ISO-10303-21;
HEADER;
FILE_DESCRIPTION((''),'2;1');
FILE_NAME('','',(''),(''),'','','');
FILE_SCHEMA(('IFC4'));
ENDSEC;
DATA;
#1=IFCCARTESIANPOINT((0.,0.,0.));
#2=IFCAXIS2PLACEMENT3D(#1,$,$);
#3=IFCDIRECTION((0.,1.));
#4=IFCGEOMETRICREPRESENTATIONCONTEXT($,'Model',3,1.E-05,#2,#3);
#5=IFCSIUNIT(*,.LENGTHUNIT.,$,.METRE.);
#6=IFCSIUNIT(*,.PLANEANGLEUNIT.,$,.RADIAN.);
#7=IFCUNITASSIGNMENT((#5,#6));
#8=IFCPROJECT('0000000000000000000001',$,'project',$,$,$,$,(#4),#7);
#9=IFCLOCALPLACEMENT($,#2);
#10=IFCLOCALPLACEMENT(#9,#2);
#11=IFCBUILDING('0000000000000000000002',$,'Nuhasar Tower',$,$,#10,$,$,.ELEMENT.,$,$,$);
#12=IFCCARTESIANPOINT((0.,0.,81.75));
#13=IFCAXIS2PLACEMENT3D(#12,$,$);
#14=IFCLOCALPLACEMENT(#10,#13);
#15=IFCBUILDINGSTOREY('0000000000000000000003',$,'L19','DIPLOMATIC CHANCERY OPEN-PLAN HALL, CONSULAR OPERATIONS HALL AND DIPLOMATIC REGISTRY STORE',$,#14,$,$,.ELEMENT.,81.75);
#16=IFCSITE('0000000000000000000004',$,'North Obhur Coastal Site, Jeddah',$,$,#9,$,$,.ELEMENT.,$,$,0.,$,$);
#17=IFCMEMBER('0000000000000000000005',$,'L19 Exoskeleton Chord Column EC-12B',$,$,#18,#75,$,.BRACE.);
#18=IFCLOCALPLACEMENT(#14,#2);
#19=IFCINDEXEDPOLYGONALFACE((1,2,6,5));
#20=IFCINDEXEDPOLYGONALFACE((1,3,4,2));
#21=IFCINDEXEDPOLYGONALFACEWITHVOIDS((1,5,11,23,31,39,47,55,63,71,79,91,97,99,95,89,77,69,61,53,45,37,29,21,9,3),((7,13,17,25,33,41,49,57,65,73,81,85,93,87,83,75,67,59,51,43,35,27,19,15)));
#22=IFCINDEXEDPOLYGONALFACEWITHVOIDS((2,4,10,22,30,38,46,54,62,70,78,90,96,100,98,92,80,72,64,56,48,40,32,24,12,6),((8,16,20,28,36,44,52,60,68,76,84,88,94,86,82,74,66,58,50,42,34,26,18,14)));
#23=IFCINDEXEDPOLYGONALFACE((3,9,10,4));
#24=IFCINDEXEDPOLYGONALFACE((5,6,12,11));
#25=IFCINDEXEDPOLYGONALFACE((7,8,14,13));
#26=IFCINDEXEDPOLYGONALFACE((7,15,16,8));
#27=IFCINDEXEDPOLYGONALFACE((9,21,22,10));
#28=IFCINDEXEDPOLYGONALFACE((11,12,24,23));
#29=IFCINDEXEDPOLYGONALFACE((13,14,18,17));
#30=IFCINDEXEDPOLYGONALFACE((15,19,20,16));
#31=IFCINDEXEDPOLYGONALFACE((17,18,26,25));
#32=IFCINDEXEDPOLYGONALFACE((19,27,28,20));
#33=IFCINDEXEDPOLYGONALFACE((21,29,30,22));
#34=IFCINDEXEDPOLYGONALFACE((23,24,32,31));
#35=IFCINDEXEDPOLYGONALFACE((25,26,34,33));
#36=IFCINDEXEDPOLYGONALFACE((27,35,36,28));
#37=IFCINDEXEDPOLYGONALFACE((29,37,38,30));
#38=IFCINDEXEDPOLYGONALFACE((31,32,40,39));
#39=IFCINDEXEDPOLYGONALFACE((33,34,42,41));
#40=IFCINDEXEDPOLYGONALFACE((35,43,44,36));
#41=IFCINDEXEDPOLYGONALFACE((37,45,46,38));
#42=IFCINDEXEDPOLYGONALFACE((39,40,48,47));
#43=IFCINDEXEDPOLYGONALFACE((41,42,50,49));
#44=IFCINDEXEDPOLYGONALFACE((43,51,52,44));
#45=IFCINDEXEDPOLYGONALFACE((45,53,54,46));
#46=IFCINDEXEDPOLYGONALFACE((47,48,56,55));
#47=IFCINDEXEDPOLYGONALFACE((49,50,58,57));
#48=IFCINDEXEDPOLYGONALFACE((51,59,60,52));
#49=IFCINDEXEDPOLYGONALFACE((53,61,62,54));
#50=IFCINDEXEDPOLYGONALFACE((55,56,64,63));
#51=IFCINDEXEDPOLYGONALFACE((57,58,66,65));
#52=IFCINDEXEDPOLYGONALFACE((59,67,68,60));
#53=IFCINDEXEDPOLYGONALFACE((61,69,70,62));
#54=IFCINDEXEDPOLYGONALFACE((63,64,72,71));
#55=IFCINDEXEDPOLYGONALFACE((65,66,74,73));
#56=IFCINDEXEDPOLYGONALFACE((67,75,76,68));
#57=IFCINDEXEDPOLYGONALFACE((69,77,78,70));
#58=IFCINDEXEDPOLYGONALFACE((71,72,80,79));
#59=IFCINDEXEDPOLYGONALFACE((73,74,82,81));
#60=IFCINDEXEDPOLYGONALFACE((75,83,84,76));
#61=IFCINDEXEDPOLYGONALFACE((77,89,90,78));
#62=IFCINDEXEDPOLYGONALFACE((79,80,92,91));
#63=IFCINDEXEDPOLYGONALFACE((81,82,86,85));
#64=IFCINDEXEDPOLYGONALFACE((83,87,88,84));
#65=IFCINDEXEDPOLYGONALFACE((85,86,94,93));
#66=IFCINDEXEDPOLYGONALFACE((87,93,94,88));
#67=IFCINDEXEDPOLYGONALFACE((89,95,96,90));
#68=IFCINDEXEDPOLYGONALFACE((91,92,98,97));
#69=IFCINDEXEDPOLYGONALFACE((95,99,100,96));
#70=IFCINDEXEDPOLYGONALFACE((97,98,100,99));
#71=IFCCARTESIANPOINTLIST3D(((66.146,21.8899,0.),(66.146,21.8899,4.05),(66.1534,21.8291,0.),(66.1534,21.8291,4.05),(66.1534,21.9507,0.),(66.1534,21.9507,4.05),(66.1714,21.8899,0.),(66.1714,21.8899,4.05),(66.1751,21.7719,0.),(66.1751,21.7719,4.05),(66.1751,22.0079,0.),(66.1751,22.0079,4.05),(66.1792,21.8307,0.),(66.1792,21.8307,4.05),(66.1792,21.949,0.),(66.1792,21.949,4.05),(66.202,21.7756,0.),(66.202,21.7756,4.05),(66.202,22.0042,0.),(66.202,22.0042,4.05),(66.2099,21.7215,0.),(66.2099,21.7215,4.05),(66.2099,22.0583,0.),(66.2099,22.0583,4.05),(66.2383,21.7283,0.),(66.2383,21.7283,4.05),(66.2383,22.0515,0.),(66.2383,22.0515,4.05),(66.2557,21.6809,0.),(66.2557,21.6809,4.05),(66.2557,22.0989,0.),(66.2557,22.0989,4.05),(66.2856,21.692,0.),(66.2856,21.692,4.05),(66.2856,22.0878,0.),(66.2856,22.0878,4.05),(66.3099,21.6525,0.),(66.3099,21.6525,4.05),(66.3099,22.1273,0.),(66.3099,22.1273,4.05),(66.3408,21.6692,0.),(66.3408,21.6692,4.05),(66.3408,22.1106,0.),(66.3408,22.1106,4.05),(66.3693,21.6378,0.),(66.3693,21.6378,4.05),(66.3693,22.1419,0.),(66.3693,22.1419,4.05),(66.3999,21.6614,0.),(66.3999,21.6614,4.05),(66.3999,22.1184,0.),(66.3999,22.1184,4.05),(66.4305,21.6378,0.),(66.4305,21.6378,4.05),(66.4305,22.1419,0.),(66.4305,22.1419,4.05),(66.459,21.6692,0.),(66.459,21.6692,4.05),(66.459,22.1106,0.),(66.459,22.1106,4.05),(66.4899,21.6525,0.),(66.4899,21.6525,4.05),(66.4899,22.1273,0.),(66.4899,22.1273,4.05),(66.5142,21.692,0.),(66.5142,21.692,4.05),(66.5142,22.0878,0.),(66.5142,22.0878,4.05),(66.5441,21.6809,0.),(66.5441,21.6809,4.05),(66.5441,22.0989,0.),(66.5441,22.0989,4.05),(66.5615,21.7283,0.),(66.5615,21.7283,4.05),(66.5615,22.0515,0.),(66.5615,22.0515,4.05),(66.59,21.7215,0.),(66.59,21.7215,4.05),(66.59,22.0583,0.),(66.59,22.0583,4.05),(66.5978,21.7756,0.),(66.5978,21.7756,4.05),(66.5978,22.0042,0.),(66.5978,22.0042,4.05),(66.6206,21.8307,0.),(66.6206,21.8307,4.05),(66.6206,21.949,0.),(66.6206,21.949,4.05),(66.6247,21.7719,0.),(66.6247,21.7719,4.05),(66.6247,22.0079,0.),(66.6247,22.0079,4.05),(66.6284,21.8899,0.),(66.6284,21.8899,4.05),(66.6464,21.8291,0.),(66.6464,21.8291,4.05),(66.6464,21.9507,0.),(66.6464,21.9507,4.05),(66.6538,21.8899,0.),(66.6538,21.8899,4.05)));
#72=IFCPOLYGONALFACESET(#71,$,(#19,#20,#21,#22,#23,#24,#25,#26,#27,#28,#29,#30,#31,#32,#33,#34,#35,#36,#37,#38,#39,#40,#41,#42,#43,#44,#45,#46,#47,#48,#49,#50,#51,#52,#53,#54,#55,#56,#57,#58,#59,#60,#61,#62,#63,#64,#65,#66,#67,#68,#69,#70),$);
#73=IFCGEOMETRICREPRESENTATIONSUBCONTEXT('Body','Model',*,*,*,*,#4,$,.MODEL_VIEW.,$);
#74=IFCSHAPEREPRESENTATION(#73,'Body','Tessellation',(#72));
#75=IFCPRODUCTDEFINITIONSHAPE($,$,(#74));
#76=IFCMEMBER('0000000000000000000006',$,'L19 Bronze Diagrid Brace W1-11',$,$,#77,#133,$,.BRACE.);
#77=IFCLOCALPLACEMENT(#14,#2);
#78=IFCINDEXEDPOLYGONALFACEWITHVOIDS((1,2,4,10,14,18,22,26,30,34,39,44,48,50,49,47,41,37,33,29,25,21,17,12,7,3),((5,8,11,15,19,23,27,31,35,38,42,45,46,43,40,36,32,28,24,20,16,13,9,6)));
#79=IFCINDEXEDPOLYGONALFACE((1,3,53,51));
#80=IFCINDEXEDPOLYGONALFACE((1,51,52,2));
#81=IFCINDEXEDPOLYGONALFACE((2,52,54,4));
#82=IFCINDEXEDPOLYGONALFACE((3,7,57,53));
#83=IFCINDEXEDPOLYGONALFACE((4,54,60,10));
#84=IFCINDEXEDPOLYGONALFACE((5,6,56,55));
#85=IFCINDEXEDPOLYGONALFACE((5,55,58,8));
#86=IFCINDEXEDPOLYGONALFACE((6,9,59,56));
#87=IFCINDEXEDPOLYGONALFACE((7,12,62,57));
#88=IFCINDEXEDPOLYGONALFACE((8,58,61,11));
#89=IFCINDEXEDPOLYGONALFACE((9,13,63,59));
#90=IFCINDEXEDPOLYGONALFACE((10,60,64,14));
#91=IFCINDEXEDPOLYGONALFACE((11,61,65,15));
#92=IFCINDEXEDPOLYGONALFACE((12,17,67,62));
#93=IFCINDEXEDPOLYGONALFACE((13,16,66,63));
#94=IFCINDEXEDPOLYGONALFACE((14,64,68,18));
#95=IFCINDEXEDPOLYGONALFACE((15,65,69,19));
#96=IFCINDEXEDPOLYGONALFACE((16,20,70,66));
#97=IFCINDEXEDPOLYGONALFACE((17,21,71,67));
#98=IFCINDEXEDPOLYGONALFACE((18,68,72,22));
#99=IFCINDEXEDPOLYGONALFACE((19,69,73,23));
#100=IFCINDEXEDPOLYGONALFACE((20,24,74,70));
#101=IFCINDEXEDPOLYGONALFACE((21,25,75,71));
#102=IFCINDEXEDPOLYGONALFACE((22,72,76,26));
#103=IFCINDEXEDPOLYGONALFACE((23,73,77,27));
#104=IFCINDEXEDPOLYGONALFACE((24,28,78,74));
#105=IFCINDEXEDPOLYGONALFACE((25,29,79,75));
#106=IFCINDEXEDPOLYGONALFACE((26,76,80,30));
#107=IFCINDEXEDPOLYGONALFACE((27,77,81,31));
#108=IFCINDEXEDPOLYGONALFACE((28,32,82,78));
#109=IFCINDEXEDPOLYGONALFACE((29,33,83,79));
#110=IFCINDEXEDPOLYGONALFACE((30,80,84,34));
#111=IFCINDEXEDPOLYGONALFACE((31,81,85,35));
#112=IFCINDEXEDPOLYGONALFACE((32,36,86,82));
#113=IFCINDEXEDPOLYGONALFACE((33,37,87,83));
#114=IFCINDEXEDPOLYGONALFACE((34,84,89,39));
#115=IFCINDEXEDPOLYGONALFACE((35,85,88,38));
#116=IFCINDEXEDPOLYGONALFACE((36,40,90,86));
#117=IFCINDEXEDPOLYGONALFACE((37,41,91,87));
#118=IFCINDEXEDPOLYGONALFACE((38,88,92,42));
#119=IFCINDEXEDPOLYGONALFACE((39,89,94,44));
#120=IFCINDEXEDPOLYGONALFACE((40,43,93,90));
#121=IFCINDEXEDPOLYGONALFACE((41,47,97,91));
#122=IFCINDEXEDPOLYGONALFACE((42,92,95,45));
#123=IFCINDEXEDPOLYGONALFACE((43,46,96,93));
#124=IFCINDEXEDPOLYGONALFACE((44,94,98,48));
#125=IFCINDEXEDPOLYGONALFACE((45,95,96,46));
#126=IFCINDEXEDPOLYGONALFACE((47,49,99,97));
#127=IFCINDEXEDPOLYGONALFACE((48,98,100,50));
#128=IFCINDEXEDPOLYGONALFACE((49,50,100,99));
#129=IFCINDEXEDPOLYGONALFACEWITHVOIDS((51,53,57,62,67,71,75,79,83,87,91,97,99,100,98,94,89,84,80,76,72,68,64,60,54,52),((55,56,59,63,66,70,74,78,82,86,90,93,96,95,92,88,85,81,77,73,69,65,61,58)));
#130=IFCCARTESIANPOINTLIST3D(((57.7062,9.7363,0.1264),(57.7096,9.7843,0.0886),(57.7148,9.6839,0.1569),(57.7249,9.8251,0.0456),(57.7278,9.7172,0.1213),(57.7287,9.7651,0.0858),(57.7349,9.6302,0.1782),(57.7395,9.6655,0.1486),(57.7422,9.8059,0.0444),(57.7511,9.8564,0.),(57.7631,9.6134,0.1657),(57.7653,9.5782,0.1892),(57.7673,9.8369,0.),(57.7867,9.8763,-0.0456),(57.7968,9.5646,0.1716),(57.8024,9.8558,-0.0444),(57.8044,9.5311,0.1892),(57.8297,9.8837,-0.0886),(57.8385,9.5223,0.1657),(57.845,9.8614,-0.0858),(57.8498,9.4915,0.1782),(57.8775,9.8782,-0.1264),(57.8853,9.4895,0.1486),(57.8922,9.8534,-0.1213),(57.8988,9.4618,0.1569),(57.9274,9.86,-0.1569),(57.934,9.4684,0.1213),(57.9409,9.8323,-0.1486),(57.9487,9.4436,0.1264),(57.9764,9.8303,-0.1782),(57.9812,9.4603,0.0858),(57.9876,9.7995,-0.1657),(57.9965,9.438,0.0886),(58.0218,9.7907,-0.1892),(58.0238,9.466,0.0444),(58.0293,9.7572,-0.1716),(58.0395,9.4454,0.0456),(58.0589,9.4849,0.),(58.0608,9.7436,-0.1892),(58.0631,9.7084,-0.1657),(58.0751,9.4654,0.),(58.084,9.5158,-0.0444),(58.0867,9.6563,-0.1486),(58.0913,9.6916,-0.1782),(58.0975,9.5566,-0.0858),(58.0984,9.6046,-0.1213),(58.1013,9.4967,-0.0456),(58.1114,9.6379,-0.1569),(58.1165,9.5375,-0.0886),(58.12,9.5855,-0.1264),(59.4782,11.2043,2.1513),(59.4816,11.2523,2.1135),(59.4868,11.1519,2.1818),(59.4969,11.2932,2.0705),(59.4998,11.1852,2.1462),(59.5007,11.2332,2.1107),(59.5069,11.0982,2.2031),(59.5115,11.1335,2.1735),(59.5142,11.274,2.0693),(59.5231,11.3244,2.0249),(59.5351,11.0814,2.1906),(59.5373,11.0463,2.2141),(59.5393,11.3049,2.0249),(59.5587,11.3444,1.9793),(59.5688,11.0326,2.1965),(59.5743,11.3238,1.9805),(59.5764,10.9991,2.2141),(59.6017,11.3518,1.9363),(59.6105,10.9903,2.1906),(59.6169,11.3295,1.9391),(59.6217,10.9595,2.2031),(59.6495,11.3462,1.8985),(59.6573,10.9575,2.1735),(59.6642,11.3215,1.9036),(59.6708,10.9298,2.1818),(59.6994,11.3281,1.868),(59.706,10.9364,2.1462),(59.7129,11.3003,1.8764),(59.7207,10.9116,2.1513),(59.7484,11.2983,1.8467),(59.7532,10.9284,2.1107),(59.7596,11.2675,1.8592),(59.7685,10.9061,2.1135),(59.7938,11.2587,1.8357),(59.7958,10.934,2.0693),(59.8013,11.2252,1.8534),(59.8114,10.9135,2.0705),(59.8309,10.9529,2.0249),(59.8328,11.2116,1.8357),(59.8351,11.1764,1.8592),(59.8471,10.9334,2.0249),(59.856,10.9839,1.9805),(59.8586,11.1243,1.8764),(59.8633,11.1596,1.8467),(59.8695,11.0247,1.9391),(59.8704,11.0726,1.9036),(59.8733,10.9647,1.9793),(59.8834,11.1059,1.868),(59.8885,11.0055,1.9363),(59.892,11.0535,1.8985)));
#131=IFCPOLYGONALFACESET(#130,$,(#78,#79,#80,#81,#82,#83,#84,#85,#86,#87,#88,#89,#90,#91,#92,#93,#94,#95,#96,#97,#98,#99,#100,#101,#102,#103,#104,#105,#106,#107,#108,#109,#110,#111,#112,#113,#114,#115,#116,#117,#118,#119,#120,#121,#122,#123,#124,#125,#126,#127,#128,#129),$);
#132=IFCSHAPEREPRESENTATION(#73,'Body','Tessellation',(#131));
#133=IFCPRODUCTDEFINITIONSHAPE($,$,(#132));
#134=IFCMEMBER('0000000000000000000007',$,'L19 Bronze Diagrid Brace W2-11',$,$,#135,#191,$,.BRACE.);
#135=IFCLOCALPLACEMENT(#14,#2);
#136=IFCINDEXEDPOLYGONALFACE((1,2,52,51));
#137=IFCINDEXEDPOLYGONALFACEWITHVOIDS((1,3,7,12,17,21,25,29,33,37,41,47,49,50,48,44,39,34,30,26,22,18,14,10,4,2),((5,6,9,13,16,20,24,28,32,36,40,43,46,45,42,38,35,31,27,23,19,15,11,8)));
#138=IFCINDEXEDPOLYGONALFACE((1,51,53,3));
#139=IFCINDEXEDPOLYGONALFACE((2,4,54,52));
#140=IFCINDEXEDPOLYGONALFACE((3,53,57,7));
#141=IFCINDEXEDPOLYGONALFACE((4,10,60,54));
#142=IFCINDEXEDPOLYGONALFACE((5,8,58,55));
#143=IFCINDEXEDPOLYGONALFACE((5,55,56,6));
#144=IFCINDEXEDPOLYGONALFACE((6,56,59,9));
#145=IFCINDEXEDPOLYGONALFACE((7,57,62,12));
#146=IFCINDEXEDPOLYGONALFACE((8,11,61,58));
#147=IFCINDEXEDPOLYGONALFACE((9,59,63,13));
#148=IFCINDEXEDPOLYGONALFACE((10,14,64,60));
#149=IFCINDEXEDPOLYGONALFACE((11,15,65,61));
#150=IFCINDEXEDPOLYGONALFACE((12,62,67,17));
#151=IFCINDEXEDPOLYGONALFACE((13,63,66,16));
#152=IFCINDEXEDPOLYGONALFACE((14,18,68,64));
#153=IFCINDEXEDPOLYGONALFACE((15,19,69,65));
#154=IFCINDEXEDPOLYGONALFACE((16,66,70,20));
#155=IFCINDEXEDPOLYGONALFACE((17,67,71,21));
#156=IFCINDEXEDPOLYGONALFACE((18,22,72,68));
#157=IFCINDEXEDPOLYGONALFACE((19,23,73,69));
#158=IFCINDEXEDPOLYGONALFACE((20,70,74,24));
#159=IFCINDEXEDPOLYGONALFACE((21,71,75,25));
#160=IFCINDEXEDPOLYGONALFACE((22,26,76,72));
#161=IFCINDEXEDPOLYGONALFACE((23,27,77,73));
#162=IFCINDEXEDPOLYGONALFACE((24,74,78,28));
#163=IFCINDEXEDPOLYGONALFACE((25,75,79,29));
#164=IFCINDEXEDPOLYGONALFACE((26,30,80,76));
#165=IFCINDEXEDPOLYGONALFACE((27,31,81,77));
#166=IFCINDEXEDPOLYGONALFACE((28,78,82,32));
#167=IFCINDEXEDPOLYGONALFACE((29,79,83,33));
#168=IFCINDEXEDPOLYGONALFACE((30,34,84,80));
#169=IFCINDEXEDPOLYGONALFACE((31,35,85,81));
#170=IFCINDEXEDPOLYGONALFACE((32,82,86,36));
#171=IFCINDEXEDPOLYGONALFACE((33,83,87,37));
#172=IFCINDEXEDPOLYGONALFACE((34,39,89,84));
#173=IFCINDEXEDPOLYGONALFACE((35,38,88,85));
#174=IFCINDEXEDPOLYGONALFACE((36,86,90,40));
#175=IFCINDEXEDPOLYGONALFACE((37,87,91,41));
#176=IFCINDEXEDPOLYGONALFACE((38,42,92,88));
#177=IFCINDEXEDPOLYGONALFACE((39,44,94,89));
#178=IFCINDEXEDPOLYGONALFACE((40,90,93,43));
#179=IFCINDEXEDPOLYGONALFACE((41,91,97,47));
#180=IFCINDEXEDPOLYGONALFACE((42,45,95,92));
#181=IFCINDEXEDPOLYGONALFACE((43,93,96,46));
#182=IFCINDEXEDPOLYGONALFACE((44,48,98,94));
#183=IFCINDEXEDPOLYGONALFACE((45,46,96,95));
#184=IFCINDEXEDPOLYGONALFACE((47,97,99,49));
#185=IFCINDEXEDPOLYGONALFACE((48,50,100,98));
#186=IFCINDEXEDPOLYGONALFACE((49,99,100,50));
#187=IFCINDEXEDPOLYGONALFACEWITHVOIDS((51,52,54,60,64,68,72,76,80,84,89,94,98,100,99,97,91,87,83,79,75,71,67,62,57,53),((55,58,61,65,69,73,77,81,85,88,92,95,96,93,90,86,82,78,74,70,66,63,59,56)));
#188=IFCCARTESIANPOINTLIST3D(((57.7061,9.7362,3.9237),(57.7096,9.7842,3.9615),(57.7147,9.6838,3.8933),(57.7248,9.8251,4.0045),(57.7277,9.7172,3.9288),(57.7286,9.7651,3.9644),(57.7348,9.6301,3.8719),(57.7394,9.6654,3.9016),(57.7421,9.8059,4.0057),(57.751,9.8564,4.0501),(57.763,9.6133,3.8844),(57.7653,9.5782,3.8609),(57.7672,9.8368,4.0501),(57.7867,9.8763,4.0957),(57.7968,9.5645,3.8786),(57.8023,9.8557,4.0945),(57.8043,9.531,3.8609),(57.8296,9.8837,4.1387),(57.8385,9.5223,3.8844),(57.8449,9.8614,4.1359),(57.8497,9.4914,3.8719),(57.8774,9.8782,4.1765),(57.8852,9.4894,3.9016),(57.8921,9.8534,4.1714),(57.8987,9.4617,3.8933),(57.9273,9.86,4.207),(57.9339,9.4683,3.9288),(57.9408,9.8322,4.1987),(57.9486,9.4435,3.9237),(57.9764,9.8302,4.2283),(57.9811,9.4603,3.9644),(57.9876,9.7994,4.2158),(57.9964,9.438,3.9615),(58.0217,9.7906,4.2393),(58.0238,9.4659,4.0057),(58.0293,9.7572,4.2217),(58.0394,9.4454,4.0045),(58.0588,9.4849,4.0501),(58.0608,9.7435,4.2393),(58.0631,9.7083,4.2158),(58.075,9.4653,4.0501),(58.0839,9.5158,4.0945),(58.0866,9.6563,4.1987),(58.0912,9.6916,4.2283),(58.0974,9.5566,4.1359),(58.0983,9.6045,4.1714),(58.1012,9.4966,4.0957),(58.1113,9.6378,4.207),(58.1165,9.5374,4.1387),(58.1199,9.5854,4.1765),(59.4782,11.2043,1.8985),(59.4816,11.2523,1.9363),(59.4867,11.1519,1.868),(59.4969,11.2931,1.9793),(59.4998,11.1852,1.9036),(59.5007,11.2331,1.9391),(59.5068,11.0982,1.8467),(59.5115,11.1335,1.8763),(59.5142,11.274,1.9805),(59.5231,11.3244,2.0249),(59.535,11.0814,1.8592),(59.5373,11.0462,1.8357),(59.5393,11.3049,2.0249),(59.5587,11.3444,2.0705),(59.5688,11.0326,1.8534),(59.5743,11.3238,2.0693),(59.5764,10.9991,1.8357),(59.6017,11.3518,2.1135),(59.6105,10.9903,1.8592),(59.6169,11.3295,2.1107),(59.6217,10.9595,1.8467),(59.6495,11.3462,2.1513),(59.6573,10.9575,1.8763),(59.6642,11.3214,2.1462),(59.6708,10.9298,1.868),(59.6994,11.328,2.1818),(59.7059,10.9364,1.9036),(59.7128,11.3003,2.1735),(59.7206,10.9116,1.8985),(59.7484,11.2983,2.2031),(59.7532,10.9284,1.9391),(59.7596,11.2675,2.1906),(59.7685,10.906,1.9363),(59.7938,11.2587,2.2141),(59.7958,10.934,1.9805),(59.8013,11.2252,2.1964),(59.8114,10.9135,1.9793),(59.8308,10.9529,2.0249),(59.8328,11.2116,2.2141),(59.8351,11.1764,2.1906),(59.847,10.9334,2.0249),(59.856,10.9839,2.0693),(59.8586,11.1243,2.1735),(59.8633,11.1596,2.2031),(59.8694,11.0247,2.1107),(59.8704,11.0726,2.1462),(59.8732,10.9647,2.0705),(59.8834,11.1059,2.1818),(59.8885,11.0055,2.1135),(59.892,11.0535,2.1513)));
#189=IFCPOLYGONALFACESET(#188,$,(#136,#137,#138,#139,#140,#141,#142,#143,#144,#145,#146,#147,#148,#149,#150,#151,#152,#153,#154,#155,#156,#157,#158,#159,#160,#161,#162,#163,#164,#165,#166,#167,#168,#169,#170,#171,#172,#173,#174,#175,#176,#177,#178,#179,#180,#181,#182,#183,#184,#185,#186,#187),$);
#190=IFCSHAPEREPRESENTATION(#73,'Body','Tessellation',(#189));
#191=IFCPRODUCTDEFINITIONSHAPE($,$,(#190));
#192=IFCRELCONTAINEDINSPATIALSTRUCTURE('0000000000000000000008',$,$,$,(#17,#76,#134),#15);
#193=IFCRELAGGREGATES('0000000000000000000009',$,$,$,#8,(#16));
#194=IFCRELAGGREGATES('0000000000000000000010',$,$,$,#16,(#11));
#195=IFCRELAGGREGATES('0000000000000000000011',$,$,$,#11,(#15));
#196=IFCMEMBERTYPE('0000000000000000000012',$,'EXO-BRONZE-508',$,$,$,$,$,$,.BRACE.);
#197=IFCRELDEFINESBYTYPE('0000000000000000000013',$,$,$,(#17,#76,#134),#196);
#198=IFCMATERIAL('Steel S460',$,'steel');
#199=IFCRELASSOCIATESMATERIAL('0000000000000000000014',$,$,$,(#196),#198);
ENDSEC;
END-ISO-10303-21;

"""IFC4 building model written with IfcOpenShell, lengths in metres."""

from ifc_helpers import new_model, si_unit, direction, frame, origin, origin_2d, place, context, subcontext, project, spatial, hollow_circle, extrude, material, material_profile, profile_set, type_object, element, save


model = new_model("IFC4")

# Units and contexts
model_context = context("Model", 3, precision=1e-05, world=origin(), true_north=direction((0.0, 1.0)))
body_context = subcontext(model_context, "Body", "Model", "MODEL_VIEW")
ifc_project = project(units=[si_unit("LENGTHUNIT", "METRE"), si_unit("PLANEANGLEUNIT", "RADIAN")], contexts=[model_context])

# Site, building, storey
site_placement = place(None, origin())
site = spatial("IfcSite", under=ifc_project, at=site_placement, Name="North Obhur Coastal Site, Jeddah", CompositionType="ELEMENT", RefElevation=0.0)
building_placement = place(site_placement, origin())
building = spatial("IfcBuilding", under=site, at=building_placement, Name="Nuhasar Tower", CompositionType="ELEMENT")
storey_placement = place(building_placement, frame((0.0, 0.0, 81.75)))
storey = spatial("IfcBuildingStorey", under=building, at=storey_placement, Name="L19", Description="DIPLOMATIC CHANCERY OPEN-PLAN HALL, CONSULAR OPERATIONS HALL AND DIPLOMATIC REGISTRY STORE", CompositionType="ELEMENT", Elevation=81.75)

# Members
ifc_material_1 = material(Name="Steel S460", Category="steel")
ifc_material_profile_1 = material_profile(ifc_material_1, hollow_circle(Radius=0.2539, WallThickness=0.0254, at=origin_2d()), Name="HSS508X25.4")
ifc_profile_set_1 = profile_set([ifc_material_profile_1], Name="Steel S460")
member_type_1 = type_object("IfcMemberType", Name="EXO-BRONZE-508", PredefinedType="BRACE", material=ifc_profile_set_1)
for number, where, z_axis, x_axis, name in (
    (1, (66.3999, 21.8899, 0.0), (0.0, 0.0, 1.0), (1.0, 0.0, 0.0), "L19 Exoskeleton Chord Column EC-12B"),
):
    element("IfcMember", number, at=place(storey_placement, frame(where, z_axis=z_axis, x_axis=x_axis)), inside=storey, type_object=member_type_1, Name=name, PredefinedType="BRACE", context=body_context, shape_type="SweptSolid", body=[
        extrude(hollow_circle(Radius=0.2539, WallThickness=0.0254, at=origin_2d()), origin(), (0.0, 0.0, 1.0), 4.05),
    ])
member_1_placement = place(storey_placement, frame((57.9131, 9.6609, 0.0), z_axis=(0.578102, 0.478937, 0.660619), x_axis=(-0.637969, 0.770062, 0.0)))
element("IfcMember", 2, at=member_1_placement, inside=storey, type_object=member_type_1, Name="L19 Bronze Diagrid Brace W1-11", PredefinedType="BRACE", context=body_context, shape_type="SweptSolid", body=[
    extrude(hollow_circle(Radius=0.2539, WallThickness=0.0254, at=origin_2d()), origin(), (0.0, 0.0, 1.0), 3.0652),
])
member_2_placement = place(storey_placement, frame((59.6851, 11.1289, 2.0249), z_axis=(-0.578071, -0.478912, 0.660664), x_axis=(0.637969, -0.770062, 0.0)))
element("IfcMember", 3, at=member_2_placement, inside=storey, type_object=member_type_1, Name="L19 Bronze Diagrid Brace W2-11", PredefinedType="BRACE", context=body_context, shape_type="SweptSolid", body=[
    extrude(hollow_circle(Radius=0.2539, WallThickness=0.0254, at=origin_2d()), origin(), (0.0, 0.0, 1.0), 3.0654),
])

save(model, "model.ifc")
